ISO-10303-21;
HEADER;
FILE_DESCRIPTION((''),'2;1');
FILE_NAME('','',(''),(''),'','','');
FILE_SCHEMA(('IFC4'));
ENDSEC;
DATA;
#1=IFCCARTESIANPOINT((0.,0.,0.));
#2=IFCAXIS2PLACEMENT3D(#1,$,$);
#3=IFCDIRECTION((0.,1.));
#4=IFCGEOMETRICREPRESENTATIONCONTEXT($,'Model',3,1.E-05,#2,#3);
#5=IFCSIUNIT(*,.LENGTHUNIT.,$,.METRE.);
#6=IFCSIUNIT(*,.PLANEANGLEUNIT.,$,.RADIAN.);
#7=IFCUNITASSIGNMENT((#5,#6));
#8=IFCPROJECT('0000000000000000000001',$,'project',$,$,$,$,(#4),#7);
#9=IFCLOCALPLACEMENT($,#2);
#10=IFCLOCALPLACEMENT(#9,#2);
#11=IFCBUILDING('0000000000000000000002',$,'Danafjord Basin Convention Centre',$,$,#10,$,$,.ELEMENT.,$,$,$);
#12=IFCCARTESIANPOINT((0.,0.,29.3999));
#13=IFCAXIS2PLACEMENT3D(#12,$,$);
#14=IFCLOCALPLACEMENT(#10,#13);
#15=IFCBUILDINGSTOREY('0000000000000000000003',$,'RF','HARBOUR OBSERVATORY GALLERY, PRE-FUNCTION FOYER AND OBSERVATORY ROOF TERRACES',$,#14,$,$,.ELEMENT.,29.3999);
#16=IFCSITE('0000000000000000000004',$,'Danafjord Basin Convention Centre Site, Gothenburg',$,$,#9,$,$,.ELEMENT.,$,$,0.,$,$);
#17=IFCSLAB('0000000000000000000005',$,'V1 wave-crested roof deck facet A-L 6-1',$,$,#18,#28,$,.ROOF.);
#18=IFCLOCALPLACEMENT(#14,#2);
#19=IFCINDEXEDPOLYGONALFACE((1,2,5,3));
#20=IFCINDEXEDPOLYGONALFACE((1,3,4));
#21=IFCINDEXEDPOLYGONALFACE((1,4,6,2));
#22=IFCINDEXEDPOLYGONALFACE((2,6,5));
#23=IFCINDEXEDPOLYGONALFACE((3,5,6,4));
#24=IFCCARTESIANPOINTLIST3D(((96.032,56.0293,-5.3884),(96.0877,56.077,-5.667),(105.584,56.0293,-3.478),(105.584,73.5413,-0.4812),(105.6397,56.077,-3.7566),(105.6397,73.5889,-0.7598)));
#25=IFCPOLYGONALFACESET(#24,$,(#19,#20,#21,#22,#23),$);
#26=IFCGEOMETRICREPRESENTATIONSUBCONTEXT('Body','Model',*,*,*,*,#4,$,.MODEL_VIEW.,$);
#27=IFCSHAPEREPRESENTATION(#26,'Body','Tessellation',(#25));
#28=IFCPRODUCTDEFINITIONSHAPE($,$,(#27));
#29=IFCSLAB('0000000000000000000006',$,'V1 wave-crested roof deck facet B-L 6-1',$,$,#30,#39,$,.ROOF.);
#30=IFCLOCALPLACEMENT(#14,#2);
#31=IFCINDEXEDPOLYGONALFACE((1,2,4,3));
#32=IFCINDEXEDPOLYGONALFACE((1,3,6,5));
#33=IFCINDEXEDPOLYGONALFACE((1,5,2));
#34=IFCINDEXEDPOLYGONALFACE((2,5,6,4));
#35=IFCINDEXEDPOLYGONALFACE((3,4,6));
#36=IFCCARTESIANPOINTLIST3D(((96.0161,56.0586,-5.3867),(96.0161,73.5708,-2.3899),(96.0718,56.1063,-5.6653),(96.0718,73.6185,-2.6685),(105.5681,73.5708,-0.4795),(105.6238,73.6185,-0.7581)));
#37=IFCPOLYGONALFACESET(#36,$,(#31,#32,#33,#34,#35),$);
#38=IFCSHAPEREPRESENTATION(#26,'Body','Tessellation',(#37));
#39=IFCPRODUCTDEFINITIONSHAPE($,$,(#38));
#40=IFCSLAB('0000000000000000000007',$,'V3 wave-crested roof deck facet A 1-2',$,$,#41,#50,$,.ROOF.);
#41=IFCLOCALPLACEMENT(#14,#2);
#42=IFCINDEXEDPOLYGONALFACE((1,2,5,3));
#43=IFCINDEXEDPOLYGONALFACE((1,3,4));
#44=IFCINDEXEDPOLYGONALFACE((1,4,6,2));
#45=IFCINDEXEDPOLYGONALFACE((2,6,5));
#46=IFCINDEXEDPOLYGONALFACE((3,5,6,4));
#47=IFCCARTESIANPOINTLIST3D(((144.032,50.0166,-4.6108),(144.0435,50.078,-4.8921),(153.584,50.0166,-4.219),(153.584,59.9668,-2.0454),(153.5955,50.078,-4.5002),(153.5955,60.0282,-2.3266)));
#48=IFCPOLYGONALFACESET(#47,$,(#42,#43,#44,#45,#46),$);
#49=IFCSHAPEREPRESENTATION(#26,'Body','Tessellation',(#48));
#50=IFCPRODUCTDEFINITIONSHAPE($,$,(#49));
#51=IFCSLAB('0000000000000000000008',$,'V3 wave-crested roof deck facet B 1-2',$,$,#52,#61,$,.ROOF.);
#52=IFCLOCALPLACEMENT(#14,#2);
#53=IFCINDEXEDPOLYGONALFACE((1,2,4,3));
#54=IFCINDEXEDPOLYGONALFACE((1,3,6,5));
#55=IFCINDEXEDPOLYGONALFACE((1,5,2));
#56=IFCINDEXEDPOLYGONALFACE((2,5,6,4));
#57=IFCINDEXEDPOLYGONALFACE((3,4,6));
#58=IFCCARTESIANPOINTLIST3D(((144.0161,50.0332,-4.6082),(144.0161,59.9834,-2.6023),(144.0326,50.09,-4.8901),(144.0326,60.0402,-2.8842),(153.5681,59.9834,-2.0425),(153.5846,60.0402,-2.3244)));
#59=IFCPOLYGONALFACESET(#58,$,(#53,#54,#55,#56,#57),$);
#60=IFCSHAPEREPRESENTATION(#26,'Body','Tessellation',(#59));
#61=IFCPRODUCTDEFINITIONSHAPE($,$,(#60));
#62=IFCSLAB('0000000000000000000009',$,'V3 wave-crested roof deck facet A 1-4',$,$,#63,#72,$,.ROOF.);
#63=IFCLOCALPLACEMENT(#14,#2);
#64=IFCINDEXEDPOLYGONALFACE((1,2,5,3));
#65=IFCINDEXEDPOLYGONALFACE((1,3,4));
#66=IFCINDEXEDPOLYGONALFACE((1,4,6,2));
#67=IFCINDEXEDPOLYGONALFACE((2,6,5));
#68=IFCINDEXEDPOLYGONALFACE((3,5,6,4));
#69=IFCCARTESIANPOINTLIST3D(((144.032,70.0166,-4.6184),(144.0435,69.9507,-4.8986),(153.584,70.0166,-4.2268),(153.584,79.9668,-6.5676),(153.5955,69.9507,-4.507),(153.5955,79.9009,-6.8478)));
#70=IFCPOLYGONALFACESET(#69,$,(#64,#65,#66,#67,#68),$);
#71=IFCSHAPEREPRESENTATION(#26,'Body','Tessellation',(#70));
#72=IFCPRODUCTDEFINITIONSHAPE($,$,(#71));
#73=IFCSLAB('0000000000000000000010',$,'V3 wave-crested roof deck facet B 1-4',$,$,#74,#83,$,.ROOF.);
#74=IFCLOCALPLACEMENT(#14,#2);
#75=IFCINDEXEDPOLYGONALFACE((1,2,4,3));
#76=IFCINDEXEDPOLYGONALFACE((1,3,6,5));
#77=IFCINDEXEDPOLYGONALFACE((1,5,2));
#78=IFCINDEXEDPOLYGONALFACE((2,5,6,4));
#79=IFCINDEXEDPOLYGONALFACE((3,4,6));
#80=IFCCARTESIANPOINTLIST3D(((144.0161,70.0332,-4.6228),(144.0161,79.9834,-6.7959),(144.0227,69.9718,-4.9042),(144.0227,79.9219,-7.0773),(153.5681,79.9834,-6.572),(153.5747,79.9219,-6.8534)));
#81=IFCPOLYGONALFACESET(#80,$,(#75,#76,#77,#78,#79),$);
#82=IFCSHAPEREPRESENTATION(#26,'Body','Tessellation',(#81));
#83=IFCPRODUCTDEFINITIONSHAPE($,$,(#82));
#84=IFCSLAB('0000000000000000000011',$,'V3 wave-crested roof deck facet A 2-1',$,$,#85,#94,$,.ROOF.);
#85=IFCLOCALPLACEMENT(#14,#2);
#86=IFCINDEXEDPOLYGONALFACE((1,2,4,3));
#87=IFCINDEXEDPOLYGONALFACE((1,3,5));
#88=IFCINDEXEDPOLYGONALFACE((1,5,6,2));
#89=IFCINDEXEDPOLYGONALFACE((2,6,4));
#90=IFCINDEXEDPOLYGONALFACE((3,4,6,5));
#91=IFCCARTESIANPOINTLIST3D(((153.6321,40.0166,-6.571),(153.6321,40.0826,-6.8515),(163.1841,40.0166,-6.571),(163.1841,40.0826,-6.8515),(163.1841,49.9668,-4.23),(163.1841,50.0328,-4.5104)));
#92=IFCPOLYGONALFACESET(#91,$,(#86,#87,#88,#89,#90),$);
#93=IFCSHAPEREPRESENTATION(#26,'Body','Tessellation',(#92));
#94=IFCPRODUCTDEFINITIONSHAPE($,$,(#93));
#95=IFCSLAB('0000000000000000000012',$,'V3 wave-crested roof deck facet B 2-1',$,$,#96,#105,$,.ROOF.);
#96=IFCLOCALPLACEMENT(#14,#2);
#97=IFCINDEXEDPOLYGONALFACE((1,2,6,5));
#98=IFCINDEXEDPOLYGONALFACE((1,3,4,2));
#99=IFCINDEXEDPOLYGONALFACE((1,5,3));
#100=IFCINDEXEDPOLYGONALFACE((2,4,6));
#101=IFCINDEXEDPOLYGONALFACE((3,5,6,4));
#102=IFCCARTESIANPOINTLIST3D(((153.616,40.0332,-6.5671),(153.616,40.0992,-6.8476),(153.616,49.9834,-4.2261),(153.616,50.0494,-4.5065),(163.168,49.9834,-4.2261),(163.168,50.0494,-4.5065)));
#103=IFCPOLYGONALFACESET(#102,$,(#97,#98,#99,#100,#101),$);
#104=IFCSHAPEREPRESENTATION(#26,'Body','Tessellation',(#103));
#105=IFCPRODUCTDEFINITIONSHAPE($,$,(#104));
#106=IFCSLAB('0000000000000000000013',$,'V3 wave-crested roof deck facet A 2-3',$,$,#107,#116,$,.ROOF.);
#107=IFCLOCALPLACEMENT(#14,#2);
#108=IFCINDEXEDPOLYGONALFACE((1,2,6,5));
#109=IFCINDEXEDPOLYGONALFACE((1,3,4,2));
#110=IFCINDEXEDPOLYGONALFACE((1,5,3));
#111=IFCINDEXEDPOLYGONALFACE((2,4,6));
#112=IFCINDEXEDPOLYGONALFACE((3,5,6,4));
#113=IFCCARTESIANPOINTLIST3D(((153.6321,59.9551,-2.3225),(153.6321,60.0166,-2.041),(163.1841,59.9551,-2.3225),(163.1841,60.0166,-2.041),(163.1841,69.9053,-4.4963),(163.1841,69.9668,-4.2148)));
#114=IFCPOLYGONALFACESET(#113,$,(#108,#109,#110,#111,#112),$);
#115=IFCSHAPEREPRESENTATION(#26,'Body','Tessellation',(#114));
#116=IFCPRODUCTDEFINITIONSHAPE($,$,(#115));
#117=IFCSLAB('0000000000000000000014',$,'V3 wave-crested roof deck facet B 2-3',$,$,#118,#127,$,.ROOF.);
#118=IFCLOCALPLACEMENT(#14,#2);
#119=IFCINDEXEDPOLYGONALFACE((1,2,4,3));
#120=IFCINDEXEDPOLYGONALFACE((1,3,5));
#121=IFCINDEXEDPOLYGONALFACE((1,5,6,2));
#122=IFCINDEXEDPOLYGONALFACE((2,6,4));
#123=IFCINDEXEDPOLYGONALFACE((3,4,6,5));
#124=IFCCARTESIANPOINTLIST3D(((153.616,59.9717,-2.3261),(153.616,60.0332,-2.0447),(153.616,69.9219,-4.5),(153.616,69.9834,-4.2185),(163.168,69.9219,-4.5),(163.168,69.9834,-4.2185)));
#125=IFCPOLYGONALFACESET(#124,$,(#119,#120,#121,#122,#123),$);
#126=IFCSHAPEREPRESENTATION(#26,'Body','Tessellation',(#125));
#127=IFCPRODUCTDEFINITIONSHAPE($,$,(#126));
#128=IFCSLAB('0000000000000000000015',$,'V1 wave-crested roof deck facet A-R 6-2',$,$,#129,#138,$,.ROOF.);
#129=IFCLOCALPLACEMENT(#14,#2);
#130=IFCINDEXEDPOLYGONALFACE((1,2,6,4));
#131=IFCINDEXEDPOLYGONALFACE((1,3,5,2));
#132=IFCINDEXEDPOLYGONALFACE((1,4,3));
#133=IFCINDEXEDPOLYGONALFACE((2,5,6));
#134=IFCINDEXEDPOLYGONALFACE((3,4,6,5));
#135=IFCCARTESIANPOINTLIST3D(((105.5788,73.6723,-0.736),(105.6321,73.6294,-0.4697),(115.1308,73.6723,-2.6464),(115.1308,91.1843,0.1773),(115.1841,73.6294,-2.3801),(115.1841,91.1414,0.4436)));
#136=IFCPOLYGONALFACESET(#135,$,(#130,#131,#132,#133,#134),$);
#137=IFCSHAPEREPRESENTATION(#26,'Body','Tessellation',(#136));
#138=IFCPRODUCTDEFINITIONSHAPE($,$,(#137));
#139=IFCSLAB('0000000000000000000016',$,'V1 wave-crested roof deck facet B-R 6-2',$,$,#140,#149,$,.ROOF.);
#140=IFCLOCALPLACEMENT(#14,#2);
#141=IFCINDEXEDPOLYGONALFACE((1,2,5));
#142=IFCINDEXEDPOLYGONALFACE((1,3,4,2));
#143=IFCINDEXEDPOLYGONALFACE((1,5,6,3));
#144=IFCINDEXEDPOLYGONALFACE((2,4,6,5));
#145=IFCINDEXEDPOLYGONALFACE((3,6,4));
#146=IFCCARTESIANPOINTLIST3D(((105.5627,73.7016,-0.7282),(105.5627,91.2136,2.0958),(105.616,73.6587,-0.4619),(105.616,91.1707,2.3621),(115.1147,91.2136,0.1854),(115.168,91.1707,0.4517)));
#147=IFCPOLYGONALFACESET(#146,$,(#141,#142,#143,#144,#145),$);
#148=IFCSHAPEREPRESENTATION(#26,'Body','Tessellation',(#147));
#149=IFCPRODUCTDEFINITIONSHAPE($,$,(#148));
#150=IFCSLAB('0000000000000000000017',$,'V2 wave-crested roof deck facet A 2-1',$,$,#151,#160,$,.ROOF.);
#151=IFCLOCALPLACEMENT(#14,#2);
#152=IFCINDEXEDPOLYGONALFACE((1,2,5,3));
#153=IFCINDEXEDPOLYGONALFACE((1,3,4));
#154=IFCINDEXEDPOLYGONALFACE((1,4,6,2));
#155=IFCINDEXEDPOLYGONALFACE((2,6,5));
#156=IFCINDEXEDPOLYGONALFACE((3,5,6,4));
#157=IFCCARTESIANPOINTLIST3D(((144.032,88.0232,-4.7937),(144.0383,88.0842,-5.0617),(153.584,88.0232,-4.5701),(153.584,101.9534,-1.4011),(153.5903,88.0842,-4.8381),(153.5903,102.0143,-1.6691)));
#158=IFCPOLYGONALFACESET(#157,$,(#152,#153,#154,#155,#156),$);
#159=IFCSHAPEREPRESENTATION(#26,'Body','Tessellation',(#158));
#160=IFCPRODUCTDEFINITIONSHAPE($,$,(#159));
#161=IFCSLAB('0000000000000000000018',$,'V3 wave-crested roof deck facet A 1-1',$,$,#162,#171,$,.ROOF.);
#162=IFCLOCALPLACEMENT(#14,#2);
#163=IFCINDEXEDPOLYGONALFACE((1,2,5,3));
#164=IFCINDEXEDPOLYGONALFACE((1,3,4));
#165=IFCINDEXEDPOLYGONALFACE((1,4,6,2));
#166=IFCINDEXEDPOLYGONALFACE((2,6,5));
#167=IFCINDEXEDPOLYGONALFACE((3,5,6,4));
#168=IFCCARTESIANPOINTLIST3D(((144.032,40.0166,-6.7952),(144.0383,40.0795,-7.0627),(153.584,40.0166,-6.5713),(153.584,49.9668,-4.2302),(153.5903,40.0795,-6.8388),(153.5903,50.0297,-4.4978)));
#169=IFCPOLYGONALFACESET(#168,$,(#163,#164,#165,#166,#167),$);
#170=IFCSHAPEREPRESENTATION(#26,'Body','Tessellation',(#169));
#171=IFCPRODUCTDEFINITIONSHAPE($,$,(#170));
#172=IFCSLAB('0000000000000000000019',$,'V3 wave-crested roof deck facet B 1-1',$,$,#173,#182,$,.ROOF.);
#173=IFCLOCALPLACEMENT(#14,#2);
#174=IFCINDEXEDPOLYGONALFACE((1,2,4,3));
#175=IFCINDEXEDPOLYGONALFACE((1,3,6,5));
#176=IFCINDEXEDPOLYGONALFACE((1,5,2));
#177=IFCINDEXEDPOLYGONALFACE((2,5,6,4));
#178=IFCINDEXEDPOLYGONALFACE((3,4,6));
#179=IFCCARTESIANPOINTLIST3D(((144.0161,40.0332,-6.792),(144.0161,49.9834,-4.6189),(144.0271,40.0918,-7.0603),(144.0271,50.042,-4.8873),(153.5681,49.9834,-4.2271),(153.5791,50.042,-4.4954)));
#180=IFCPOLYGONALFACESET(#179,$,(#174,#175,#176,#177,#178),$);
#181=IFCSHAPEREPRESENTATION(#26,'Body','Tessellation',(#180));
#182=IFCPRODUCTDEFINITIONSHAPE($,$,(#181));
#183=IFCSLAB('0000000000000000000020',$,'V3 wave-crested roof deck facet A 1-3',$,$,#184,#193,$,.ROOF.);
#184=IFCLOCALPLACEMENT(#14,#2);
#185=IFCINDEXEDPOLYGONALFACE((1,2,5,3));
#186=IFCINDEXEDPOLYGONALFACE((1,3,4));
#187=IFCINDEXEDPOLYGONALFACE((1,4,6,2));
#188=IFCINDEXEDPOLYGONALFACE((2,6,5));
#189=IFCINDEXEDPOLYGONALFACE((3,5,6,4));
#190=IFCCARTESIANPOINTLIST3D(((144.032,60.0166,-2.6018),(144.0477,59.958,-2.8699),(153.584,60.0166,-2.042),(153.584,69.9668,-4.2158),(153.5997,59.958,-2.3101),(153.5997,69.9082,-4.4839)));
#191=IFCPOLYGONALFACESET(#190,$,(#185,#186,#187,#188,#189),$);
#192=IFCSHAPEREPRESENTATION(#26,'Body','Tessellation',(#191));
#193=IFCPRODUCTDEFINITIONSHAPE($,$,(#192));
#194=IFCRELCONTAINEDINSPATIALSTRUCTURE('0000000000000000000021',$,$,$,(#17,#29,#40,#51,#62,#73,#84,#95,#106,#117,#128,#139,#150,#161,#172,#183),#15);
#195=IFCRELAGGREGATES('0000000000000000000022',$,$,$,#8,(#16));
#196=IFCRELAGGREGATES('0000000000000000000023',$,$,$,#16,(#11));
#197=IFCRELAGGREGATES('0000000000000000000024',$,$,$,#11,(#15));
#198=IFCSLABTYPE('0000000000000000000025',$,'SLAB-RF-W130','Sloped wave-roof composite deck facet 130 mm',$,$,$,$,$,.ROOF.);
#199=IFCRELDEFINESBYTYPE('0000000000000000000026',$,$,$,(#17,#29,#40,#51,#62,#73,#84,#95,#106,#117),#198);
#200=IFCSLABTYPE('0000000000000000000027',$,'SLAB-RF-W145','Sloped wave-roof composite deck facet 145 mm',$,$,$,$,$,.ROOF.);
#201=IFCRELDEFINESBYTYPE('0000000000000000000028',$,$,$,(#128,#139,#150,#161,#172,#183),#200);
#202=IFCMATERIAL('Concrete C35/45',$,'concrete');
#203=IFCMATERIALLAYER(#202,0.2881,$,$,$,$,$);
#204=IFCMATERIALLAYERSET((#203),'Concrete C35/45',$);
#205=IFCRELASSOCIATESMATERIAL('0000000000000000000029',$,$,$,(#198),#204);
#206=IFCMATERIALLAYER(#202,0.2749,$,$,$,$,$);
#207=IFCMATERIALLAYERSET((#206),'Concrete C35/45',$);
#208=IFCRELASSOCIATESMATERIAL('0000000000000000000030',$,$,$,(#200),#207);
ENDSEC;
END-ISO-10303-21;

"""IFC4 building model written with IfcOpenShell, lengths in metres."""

from ifc_helpers import new_model, si_unit, direction, frame, origin, place, context, subcontext, project, spatial, polyline, outline, extrude, material, layer, layer_set, type_object, element, save


model = new_model("IFC4")

# Units and contexts
model_context = context("Model", 3, precision=1e-05, world=origin(), true_north=direction((0.0, 1.0)))
body_context = subcontext(model_context, "Body", "Model", "MODEL_VIEW")
ifc_project = project(units=[si_unit("LENGTHUNIT", "METRE"), si_unit("PLANEANGLEUNIT", "RADIAN")], contexts=[model_context])

# Site, building, storey
site_placement = place(None, origin())
site = spatial("IfcSite", under=ifc_project, at=site_placement, Name="Danafjord Basin Convention Centre Site, Gothenburg", CompositionType="ELEMENT", RefElevation=0.0)
building_placement = place(site_placement, origin())
building = spatial("IfcBuilding", under=site, at=building_placement, Name="Danafjord Basin Convention Centre", CompositionType="ELEMENT")
storey_placement = place(building_placement, frame((0.0, 0.0, 29.3999)))
storey = spatial("IfcBuildingStorey", under=building, at=storey_placement, Name="RF", Description="HARBOUR OBSERVATORY GALLERY, PRE-FUNCTION FOYER AND OBSERVATORY ROOF TERRACES", CompositionType="ELEMENT", Elevation=29.3999)

# Slabs
ifc_material_1 = material(Name="Concrete C35/45", Category="concrete")
ifc_layer_1 = layer(ifc_material_1, 0.2881)
ifc_layer_set_1 = layer_set([ifc_layer_1], Name="Concrete C35/45")
slab_type_1 = type_object("IfcSlabType", Name="SLAB-RF-W130", Description="Sloped wave-roof composite deck facet 130 mm", PredefinedType="ROOF", material=ifc_layer_set_1)
slab_1_placement = place(storey_placement, frame((96.032, 56.0293, -5.3884), z_axis=(-0.193412, -0.165493, 0.967059), x_axis=(0.980581, 0.0, 0.196116)))
element("IfcSlab", 1, at=slab_1_placement, inside=storey, type_object=slab_type_1, Name="V1 wave-crested roof deck facet A-L 6-1", PredefinedType="ROOF", context=body_context, shape_type="SweptSolid", body=[
    extrude(outline(polyline([(0.0, 0.0), (9.7412, 0.0), (10.3289, 17.7568), (0.0, 0.0)])), origin(), (0.0, 0.0, -1.0), 0.2881),
])
slab_2_placement = place(storey_placement, frame((96.0161, 56.0586, -5.3867), z_axis=(-0.193412, -0.165491, 0.96706), x_axis=(0.464985, 0.852482, 0.23888)))
element("IfcSlab", 2, at=slab_2_placement, inside=storey, type_object=slab_type_1, Name="V1 wave-crested roof deck facet B-L 6-1", PredefinedType="ROOF", context=body_context, shape_type="SweptSolid", body=[
    extrude(outline(polyline([(0.0, 0.0), (20.5426, 0.0), (15.6447, 8.4203), (0.0, 0.0)])), origin(), (0.0, 0.0, -1.0), 0.2881),
])
slab_3_placement = place(storey_placement, frame((144.032, 50.0166, -4.6108), z_axis=(-0.040045, -0.213243, 0.976178), x_axis=(0.99916, 0.0, 0.040988)))
element("IfcSlab", 3, at=slab_3_placement, inside=storey, type_object=slab_type_1, Name="V3 wave-crested roof deck facet A 1-2", PredefinedType="ROOF", context=body_context, shape_type="SweptSolid", body=[
    extrude(outline(polyline([(0.0, 0.0), (9.56, 0.0), (9.6491, 10.1844), (0.0, 0.0)])), origin(), (0.0, 0.0, -1.0), 0.2881),
])
slab_4_placement = place(storey_placement, frame((144.0161, 50.0332, -4.6082), z_axis=(-0.057357, -0.197289, 0.978666), x_axis=(0.680846, 0.709228, 0.182876)))
element("IfcSlab", 4, at=slab_4_placement, inside=storey, type_object=slab_type_1, Name="V3 wave-crested roof deck facet B 1-2", PredefinedType="ROOF", context=body_context, shape_type="SweptSolid", body=[
    extrude(outline(polyline([(0.0, 0.0), (14.0296, 0.0), (7.4238, 6.9222), (0.0, 0.0)])), origin(), (0.0, 0.0, -1.0), 0.2881),
])
slab_5_placement = place(storey_placement, frame((144.032, 70.0166, -4.6184), z_axis=(-0.039876, 0.22882, 0.972652), x_axis=(0.999161, 0.0, 0.040962)))
element("IfcSlab", 5, at=slab_5_placement, inside=storey, type_object=slab_type_1, Name="V3 wave-crested roof deck facet A 1-4", PredefinedType="ROOF", context=body_context, shape_type="SweptSolid", body=[
    extrude(outline(polyline([(0.0, 0.0), (9.56, 0.0), (9.4641, 10.2214), (0.0, 0.0)])), origin(), (0.0, 0.0, -1.0), 0.2881),
])
slab_6_placement = place(storey_placement, frame((144.0161, 70.0332, -4.6228), z_axis=(-0.022892, 0.213312, 0.976716), x_axis=(0.685711, 0.714297, -0.139929)))
element("IfcSlab", 6, at=slab_6_placement, inside=storey, type_object=slab_type_1, Name="V3 wave-crested roof deck facet B 1-4", PredefinedType="ROOF", context=body_context, shape_type="SweptSolid", body=[
    extrude(outline(polyline([(0.0, 0.0), (13.9301, 0.0), (7.4115, 6.9856), (0.0, 0.0)])), origin(), (0.0, 0.0, -1.0), 0.2881),
])
slab_7_placement = place(storey_placement, frame((153.6321, 40.0166, -6.571), z_axis=(0.0, -0.229025, 0.973421), x_axis=(1.0, 0.0, 0.0)))
element("IfcSlab", 7, at=slab_7_placement, inside=storey, type_object=slab_type_1, Name="V3 wave-crested roof deck facet A 2-1", PredefinedType="ROOF", context=body_context, shape_type="SweptSolid", body=[
    extrude(outline(polyline([(0.0, 0.0), (9.552, 0.0), (9.552, 10.2219), (0.0, 0.0)])), origin(), (0.0, 0.0, -1.0), 0.2881),
])
slab_8_placement = place(storey_placement, frame((153.616, 40.0332, -6.5671), z_axis=(0.0, -0.229025, 0.973421), x_axis=(0.68276, 0.711222, 0.167335)))
element("IfcSlab", 8, at=slab_8_placement, inside=storey, type_object=slab_type_1, Name="V3 wave-crested roof deck facet B 2-1", PredefinedType="ROOF", context=body_context, shape_type="SweptSolid", body=[
    extrude(outline(polyline([(0.0, 0.0), (13.9903, 0.0), (7.4685, 6.9791), (0.0, 0.0)])), origin(), (0.0, 0.0, -1.0), 0.2881),
])
slab_9_placement = place(storey_placement, frame((153.6321, 60.0166, -2.041), z_axis=(0.0, 0.213437, 0.976957), x_axis=(1.0, 0.0, 0.0)))
element("IfcSlab", 9, at=slab_9_placement, inside=storey, type_object=slab_type_1, Name="V3 wave-crested roof deck facet A 2-3", PredefinedType="ROOF", context=body_context, shape_type="SweptSolid", body=[
    extrude(outline(polyline([(0.0, 0.0), (9.552, 0.0), (9.552, 10.1849), (0.0, 0.0)])), origin(), (0.0, 0.0, -1.0), 0.2881),
])
slab_10_placement = place(storey_placement, frame((153.616, 60.0332, -2.0447), z_axis=(0.0, 0.213437, 0.976957), x_axis=(0.684081, 0.712598, -0.155682)))
element("IfcSlab", 10, at=slab_10_placement, inside=storey, type_object=slab_type_1, Name="V3 wave-crested roof deck facet B 2-3", PredefinedType="ROOF", context=body_context, shape_type="SweptSolid", body=[
    extrude(outline(polyline([(0.0, 0.0), (13.9633, 0.0), (7.4289, 6.9673), (0.0, 0.0)])), origin(), (0.0, 0.0, -1.0), 0.2881),
])
ifc_layer_2 = layer(ifc_material_1, 0.2749)
ifc_layer_set_2 = layer_set([ifc_layer_2], Name="Concrete C35/45")
slab_type_2 = type_object("IfcSlabType", Name="SLAB-RF-W145", Description="Sloped wave-roof composite deck facet 145 mm", PredefinedType="ROOF", material=ifc_layer_set_2)
slab_11_placement = place(storey_placement, frame((105.6321, 73.6294, -0.4697), z_axis=(0.19371, -0.156174, 0.968548), x_axis=(0.980581, 0.0, -0.196116)))
element("IfcSlab", 11, at=slab_11_placement, inside=storey, type_object=slab_type_2, Name="V1 wave-crested roof deck facet A-R 6-2", PredefinedType="ROOF", context=body_context, shape_type="SweptSolid", body=[
    extrude(outline(polyline([(0.0, 0.0), (9.7412, 0.0), (9.1874, 17.7295), (0.0, 0.0)])), origin(), (0.0, 0.0, -1.0), 0.2749),
])
slab_12_placement = place(storey_placement, frame((105.616, 73.6587, -0.4619), z_axis=(0.193709, -0.156188, 0.968546), x_axis=(0.478352, 0.876976, 0.045751)))
element("IfcSlab", 12, at=slab_12_placement, inside=storey, type_object=slab_type_2, Name="V1 wave-crested roof deck facet B-R 6-2", PredefinedType="ROOF", context=body_context, shape_type="SweptSolid", body=[
    extrude(outline(polyline([(0.0, 0.0), (19.9686, 0.0), (15.4868, 8.6489), (0.0, 0.0)])), origin(), (0.0, 0.0, -1.0), 0.2749),
])
slab_13_placement = place(storey_placement, frame((144.032, 88.0232, -4.7937), z_axis=(-0.022823, -0.221763, 0.974834), x_axis=(0.999726, 0.0, 0.023406)))
element("IfcSlab", 13, at=slab_13_placement, inside=storey, type_object=slab_type_2, Name="V2 wave-crested roof deck facet A 2-1", PredefinedType="ROOF", context=body_context, shape_type="SweptSolid", body=[
    extrude(outline(polyline([(0.0, 0.0), (9.5546, 0.0), (9.6288, 14.2859), (0.0, 0.0)])), origin(), (0.0, 0.0, -1.0), 0.2749),
])
slab_14_placement = place(storey_placement, frame((144.032, 40.0166, -6.7952), z_axis=(-0.022809, -0.228965, 0.973167), x_axis=(0.999725, 0.0, 0.023431)))
element("IfcSlab", 14, at=slab_14_placement, inside=storey, type_object=slab_type_2, Name="V3 wave-crested roof deck facet A 1-1", PredefinedType="ROOF", context=body_context, shape_type="SweptSolid", body=[
    extrude(outline(polyline([(0.0, 0.0), (9.5546, 0.0), (9.6095, 10.2217), (0.0, 0.0)])), origin(), (0.0, 0.0, -1.0), 0.2749),
])
slab_15_placement = place(storey_placement, frame((144.0161, 40.0332, -6.792), z_axis=(-0.040046, -0.213197, 0.976188), x_axis=(0.680853, 0.709235, 0.182825)))
element("IfcSlab", 15, at=slab_15_placement, inside=storey, type_object=slab_type_2, Name="V3 wave-crested roof deck facet B 1-1", PredefinedType="ROOF", context=body_context, shape_type="SweptSolid", body=[
    extrude(outline(polyline([(0.0, 0.0), (14.0295, 0.0), (7.4543, 6.9399), (0.0, 0.0)])), origin(), (0.0, 0.0, -1.0), 0.2749),
])
slab_16_placement = place(storey_placement, frame((144.032, 60.0166, -2.6018), z_axis=(-0.057163, 0.213088, 0.975359), x_axis=(0.998287, 0.0, 0.058507)))
element("IfcSlab", 16, at=slab_16_placement, inside=storey, type_object=slab_type_2, Name="V3 wave-crested roof deck facet A 1-3", PredefinedType="ROOF", context=body_context, shape_type="SweptSolid", body=[
    extrude(outline(polyline([(0.0, 0.0), (9.5684, 0.0), (9.4412, 10.1841), (0.0, 0.0)])), origin(), (0.0, 0.0, -1.0), 0.2749),
])

save(model, "model.ifc")
